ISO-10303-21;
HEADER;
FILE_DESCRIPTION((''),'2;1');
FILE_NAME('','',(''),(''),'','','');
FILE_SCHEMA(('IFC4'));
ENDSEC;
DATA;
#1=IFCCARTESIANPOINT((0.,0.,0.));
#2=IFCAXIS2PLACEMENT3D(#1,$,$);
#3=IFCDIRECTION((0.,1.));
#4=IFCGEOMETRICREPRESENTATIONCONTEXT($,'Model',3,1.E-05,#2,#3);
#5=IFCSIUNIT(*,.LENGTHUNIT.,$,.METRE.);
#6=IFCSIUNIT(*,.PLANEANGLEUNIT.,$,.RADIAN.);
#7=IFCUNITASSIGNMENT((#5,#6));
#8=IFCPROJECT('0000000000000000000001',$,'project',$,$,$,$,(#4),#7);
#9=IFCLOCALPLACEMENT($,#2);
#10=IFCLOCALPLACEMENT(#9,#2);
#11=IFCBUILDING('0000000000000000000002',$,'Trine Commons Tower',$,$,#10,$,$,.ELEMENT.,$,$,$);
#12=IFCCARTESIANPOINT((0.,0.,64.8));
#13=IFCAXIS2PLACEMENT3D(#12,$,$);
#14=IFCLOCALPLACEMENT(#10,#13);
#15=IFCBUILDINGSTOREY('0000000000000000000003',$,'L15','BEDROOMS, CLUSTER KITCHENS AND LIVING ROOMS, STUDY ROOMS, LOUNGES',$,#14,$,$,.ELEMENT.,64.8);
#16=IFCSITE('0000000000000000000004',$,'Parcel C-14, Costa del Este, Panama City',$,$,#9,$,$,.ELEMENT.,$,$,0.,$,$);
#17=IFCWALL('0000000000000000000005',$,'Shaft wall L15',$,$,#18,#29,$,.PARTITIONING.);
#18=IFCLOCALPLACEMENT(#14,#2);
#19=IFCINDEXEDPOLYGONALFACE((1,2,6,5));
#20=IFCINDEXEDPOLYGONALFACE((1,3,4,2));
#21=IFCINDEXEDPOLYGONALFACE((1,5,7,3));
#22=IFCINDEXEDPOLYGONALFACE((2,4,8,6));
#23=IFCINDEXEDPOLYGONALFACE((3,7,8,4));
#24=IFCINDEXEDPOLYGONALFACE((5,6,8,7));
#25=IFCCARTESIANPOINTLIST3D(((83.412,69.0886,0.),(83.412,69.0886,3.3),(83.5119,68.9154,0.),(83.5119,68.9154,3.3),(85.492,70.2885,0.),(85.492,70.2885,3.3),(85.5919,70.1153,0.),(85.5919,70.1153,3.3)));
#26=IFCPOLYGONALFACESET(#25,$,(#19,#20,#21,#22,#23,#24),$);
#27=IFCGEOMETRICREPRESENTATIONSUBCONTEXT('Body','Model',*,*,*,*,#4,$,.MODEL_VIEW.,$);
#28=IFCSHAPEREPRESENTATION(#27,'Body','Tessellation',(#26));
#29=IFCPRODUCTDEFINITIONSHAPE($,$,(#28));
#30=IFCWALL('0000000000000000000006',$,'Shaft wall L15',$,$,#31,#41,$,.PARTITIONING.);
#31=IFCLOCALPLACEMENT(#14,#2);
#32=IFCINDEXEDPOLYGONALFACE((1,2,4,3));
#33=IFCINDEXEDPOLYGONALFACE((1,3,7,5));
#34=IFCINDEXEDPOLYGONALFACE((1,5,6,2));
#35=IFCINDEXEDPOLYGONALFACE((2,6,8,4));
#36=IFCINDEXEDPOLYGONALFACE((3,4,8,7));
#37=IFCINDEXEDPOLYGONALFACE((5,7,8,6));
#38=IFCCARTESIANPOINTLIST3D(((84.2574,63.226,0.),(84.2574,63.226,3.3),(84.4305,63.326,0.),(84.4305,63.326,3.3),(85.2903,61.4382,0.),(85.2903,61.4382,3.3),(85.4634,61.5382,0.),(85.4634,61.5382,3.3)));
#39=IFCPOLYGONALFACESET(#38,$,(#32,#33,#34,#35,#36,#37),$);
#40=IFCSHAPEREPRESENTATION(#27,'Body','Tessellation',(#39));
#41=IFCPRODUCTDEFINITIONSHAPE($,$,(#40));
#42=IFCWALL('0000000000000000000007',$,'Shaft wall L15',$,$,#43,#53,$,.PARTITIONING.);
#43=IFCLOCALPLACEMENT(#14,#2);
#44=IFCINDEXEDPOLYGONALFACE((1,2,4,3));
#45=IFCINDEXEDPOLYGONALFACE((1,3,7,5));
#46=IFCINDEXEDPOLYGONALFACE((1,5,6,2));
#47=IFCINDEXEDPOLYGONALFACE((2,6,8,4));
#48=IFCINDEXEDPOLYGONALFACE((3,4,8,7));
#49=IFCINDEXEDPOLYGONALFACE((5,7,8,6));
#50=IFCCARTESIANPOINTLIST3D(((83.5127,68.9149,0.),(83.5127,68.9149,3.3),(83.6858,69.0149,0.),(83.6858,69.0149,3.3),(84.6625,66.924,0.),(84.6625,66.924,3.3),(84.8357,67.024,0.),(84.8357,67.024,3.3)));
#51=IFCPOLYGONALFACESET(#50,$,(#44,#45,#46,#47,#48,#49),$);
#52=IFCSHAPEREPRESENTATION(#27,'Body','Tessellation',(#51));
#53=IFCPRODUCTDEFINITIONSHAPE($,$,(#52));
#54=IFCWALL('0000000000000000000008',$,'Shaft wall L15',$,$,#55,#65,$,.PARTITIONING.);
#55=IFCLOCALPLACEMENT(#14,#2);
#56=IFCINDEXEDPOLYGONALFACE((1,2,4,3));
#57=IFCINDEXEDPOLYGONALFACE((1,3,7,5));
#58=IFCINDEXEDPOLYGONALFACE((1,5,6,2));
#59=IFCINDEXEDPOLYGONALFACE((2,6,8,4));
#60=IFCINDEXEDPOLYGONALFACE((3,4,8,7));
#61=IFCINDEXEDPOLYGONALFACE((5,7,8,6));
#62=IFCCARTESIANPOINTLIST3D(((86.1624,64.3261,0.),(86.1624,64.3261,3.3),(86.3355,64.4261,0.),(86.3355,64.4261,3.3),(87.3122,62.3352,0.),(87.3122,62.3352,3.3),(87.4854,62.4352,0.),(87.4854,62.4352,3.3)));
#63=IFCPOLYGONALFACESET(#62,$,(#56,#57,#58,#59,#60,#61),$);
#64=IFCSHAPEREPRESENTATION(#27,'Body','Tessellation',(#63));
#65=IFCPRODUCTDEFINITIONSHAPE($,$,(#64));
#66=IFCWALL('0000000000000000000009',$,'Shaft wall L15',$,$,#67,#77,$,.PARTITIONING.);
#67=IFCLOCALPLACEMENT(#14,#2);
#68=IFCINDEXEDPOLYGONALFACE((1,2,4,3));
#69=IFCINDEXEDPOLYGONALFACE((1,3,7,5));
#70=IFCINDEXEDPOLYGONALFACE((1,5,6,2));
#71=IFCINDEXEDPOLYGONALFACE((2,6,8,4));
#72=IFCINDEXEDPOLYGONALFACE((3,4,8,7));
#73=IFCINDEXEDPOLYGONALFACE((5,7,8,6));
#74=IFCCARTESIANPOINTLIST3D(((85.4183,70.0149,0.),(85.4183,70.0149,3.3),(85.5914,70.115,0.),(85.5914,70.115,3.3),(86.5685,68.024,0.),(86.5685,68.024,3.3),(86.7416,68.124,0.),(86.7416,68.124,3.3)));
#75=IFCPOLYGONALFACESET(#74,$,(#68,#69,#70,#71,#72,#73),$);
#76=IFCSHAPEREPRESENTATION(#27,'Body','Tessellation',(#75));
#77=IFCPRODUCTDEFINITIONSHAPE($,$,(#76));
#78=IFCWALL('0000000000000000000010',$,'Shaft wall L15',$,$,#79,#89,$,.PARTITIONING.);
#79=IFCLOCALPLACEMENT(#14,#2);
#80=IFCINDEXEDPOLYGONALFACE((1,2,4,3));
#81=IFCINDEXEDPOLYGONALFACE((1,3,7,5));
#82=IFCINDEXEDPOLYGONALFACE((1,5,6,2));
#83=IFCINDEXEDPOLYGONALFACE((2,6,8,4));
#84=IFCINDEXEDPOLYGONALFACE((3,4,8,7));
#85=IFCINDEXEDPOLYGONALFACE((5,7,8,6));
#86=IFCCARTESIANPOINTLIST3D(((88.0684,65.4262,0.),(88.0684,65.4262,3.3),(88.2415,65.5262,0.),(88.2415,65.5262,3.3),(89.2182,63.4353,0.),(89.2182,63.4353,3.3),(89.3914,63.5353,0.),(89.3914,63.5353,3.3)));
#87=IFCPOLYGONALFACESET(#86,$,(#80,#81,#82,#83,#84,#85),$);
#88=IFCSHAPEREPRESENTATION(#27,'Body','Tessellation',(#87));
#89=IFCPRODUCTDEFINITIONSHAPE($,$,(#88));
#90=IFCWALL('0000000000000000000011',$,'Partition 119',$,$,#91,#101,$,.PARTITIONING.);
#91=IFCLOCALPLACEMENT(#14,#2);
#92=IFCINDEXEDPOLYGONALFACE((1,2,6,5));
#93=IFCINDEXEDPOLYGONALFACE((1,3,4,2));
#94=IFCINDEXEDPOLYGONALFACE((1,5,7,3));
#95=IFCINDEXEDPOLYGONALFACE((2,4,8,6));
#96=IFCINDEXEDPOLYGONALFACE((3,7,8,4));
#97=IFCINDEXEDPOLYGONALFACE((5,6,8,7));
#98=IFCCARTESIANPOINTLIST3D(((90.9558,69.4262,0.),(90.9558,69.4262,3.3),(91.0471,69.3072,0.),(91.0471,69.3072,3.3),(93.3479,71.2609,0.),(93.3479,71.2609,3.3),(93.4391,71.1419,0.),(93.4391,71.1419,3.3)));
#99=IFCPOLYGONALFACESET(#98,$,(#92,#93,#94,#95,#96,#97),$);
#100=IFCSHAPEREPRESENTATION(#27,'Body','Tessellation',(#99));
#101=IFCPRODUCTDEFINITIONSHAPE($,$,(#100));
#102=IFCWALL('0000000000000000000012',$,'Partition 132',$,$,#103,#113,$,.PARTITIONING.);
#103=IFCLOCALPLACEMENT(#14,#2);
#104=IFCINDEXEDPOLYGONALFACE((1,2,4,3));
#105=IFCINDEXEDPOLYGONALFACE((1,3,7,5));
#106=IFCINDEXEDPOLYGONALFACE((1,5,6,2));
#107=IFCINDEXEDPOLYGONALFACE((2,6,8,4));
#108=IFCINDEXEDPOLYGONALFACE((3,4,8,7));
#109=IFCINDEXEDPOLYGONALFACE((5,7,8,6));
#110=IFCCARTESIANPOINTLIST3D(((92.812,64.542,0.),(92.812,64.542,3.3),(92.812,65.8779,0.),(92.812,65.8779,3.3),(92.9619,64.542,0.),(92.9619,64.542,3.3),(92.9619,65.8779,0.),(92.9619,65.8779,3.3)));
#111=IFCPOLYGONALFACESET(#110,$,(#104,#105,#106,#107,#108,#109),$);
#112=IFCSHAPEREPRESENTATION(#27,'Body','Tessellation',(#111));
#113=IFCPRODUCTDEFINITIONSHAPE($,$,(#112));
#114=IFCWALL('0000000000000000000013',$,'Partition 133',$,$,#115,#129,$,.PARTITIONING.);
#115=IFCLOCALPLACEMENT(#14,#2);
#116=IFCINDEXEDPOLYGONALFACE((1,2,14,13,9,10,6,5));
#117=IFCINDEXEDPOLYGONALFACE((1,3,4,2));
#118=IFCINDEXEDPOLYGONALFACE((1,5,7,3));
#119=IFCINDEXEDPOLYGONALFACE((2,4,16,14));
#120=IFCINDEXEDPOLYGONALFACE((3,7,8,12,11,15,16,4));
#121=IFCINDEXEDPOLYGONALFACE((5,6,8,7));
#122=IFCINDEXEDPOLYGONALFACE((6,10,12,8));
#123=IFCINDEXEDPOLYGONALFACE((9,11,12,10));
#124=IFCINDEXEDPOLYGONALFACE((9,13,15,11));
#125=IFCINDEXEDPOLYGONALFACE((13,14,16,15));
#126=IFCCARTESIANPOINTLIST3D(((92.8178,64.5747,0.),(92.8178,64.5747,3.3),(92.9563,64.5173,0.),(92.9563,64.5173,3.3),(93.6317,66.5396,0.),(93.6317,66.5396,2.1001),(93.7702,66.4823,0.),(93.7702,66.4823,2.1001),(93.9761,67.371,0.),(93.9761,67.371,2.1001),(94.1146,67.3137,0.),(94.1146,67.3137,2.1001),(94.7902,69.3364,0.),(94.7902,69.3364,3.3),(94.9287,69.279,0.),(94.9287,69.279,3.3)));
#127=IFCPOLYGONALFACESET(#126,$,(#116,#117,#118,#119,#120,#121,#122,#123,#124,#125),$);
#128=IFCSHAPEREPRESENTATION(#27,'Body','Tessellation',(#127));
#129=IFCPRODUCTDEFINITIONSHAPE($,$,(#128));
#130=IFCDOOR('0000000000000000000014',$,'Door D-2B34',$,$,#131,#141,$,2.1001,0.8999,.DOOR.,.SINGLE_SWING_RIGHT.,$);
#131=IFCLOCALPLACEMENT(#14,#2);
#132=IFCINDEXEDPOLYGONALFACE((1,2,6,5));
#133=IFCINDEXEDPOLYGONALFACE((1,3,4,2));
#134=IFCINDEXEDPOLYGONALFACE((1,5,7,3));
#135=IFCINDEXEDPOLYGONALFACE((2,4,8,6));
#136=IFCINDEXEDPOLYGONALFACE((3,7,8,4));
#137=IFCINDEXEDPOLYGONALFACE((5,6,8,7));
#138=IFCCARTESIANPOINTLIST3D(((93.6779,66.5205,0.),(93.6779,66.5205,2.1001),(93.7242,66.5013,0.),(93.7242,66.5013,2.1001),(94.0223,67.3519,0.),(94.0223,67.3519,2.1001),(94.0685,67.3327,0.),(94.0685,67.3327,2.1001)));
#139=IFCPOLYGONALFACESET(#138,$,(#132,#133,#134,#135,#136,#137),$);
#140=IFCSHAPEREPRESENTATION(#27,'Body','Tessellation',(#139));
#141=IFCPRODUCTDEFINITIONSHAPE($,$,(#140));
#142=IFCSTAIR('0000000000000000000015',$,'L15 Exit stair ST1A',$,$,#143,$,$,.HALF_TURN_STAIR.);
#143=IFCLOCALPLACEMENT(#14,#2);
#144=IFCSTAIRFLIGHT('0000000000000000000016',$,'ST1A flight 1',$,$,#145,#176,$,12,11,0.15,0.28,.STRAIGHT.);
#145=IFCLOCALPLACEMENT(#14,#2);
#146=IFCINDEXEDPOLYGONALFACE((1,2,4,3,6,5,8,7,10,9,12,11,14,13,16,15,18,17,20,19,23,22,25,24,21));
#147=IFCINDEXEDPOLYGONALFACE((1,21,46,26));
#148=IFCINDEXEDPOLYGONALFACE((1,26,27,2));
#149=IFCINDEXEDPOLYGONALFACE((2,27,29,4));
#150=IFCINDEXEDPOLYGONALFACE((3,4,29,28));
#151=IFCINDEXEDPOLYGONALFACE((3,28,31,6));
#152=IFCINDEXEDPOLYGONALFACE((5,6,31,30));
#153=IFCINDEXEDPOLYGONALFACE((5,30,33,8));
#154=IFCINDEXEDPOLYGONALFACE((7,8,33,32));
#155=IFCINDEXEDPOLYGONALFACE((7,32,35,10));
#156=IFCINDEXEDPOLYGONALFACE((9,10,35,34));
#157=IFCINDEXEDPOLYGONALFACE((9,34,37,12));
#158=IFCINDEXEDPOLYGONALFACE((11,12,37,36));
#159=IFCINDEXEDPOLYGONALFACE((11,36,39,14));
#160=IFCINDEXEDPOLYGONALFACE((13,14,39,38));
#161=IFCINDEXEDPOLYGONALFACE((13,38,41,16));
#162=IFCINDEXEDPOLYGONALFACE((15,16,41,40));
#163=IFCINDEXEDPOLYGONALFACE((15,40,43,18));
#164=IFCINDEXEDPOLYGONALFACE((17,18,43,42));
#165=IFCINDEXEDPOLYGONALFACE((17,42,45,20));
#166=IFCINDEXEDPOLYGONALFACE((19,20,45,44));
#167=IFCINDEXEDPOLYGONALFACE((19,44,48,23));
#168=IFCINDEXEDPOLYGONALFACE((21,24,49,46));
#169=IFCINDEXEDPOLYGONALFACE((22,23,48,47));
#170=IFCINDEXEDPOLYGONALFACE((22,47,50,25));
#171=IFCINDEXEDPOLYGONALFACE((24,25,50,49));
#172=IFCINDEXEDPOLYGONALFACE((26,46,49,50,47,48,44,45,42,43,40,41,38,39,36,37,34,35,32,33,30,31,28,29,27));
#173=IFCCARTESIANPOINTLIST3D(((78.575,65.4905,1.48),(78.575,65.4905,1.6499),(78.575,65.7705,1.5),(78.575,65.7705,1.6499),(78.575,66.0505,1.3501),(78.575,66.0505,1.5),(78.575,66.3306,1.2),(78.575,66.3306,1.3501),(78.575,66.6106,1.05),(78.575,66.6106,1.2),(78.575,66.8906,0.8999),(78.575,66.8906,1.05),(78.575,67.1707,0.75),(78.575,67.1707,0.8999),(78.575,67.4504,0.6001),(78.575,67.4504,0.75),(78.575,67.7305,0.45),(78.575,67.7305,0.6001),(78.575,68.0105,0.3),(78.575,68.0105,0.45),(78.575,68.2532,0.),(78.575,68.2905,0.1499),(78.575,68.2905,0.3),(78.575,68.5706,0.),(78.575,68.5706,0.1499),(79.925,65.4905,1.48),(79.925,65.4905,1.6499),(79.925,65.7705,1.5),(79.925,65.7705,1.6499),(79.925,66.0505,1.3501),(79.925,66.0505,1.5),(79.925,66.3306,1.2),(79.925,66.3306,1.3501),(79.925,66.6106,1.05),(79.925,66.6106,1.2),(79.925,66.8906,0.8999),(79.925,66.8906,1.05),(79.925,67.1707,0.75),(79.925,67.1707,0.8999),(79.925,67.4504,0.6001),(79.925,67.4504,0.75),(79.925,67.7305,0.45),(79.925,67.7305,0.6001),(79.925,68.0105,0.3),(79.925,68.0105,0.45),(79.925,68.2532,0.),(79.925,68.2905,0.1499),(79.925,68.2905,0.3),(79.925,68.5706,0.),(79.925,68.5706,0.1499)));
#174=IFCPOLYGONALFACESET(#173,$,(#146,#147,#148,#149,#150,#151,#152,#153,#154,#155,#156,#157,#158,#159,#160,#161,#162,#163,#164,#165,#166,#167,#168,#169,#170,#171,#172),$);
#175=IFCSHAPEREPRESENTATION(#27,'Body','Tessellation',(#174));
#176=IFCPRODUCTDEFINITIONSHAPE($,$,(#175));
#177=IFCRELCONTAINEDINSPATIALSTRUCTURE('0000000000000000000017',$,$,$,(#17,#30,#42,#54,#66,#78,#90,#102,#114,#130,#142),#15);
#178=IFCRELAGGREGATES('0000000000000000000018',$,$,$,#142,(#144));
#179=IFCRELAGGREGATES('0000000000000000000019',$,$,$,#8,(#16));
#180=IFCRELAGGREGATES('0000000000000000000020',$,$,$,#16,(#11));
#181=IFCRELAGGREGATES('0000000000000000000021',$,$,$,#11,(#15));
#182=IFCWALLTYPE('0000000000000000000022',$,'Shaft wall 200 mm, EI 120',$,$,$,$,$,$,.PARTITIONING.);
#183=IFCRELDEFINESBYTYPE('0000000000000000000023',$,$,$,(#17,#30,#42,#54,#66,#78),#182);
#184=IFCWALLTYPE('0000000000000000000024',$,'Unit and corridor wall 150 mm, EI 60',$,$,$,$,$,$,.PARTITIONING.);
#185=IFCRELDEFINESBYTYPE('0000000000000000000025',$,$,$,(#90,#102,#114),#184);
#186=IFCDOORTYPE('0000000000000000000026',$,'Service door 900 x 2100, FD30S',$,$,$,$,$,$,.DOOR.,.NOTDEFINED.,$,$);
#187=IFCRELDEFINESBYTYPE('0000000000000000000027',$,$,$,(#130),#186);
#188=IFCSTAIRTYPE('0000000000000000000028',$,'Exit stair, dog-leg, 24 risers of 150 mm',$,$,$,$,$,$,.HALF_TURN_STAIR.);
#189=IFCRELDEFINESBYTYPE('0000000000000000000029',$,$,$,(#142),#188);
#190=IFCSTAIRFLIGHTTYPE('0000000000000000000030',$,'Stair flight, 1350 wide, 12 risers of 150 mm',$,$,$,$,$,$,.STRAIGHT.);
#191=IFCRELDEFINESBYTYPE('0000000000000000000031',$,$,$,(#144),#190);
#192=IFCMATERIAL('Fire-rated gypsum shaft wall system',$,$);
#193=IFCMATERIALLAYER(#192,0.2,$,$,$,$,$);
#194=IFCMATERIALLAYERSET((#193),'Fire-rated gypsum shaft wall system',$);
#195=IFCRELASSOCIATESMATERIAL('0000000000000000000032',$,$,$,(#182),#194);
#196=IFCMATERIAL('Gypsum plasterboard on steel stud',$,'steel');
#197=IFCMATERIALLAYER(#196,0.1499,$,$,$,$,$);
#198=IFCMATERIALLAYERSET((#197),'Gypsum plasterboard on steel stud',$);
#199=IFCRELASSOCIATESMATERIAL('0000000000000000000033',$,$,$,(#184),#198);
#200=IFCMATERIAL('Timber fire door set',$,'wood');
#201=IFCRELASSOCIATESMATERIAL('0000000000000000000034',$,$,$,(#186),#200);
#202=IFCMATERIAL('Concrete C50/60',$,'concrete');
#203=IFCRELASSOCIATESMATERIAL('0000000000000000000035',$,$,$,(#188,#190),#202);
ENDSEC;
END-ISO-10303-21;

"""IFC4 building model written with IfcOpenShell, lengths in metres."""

from ifc_helpers import new_model, si_unit, direction, frame, frame_2d, origin, place, context, subcontext, project, spatial, polyline, rectangle, outline, extrude, material, layer, layer_set, type_object, element, fill, aggregate, save


model = new_model("IFC4")

# Units and contexts
model_context = context("Model", 3, precision=1e-05, world=origin(), true_north=direction((0.0, 1.0)))
body_context = subcontext(model_context, "Body", "Model", "MODEL_VIEW")
ifc_project = project(units=[si_unit("LENGTHUNIT", "METRE"), si_unit("PLANEANGLEUNIT", "RADIAN")], contexts=[model_context])

# Site, building, storey
site_placement = place(None, origin())
site = spatial("IfcSite", under=ifc_project, at=site_placement, Name="Parcel C-14, Costa del Este, Panama City", CompositionType="ELEMENT", RefElevation=0.0)
building_placement = place(site_placement, origin())
building = spatial("IfcBuilding", under=site, at=building_placement, Name="Trine Commons Tower", CompositionType="ELEMENT")
storey_placement = place(building_placement, frame((0.0, 0.0, 64.8)))
storey = spatial("IfcBuildingStorey", under=building, at=storey_placement, Name="L15", Description="BEDROOMS, CLUSTER KITCHENS AND LIVING ROOMS, STUDY ROOMS, LOUNGES", CompositionType="ELEMENT", Elevation=64.8)

# Shared definitions
ifc_material_1 = material(Name="Concrete C50/60", Category="concrete")

# Walls
ifc_material_2 = material(Name="Fire-rated gypsum shaft wall system")
ifc_layer_1 = layer(ifc_material_2, 0.2)
ifc_layer_set_1 = layer_set([ifc_layer_1], Name="Fire-rated gypsum shaft wall system")
wall_type_1 = type_object("IfcWallType", Name="Shaft wall 200 mm, EI 120", PredefinedType="PARTITIONING", material=ifc_layer_set_1)
wall_1_placement = place(storey_placement, frame((83.4619, 69.002, 0.0), z_axis=(0.0, 0.0, 1.0), x_axis=(0.866203, 0.499693, 0.0)))
element("IfcWall", 1, at=wall_1_placement, inside=storey, type_object=wall_type_1, Name="Shaft wall L15", PredefinedType="PARTITIONING", context=body_context, shape_type="SweptSolid", body=[
    extrude(rectangle(XDim=2.4014, YDim=0.2, at=frame_2d((1.2007, 0.0))), origin(), (0.0, 0.0, 1.0), 3.3),
])
wall_2_placement = place(storey_placement, frame((84.344, 63.2759, 0.0), z_axis=(0.0, 0.0, 1.0), x_axis=(0.500272, -0.865868, 0.0)))
element("IfcWall", 2, at=wall_2_placement, inside=storey, type_object=wall_type_1, Name="Shaft wall L15", PredefinedType="PARTITIONING", context=body_context, shape_type="SweptSolid", body=[
    extrude(rectangle(XDim=2.0647, YDim=0.2, at=frame_2d((1.0322, 0.0))), origin(), (0.0, 0.0, 1.0), 3.3),
])
for number, where, z_axis, x_axis, name in (
    (3, (84.749, 66.9741, 0.0), (0.0, 0.0, 1.0), (-0.500136, 0.865947, 0.0), "Shaft wall L15"),
    (4, (86.249, 64.376, 0.0), (0.0, 0.0, 1.0), (0.500136, -0.865947, 0.0), "Shaft wall L15"),
):
    element("IfcWall", number, at=place(storey_placement, frame(where, z_axis=z_axis, x_axis=x_axis)), inside=storey, type_object=wall_type_1, Name=name, PredefinedType="PARTITIONING", context=body_context, shape_type="SweptSolid", body=[
        extrude(rectangle(XDim=2.2991, YDim=0.2, at=frame_2d((1.1494, 0.0))), origin(), (0.0, 0.0, 1.0), 3.3),
    ])
wall_3_placement = place(storey_placement, frame((86.655, 68.074, 0.0), z_axis=(0.0, 0.0, 1.0), x_axis=(-0.500216, 0.865901, 0.0)))
element("IfcWall", 5, at=wall_3_placement, inside=storey, type_object=wall_type_1, Name="Shaft wall L15", PredefinedType="PARTITIONING", context=body_context, shape_type="SweptSolid", body=[
    extrude(rectangle(XDim=2.2993, YDim=0.2, at=frame_2d((1.1497, 0.0))), origin(), (0.0, 0.0, 1.0), 3.3),
])
wall_4_placement = place(storey_placement, frame((88.155, 65.4761, 0.0), z_axis=(0.0, 0.0, 1.0), x_axis=(0.500136, -0.865947, 0.0)))
element("IfcWall", 6, at=wall_4_placement, inside=storey, type_object=wall_type_1, Name="Shaft wall L15", PredefinedType="PARTITIONING", context=body_context, shape_type="SweptSolid", body=[
    extrude(rectangle(XDim=2.2991, YDim=0.2, at=frame_2d((1.1494, 0.0))), origin(), (0.0, 0.0, 1.0), 3.3),
])
ifc_material_3 = material(Name="Gypsum plasterboard on steel stud", Category="steel")
ifc_layer_2 = layer(ifc_material_3, 0.1499)
ifc_layer_set_2 = layer_set([ifc_layer_2], Name="Gypsum plasterboard on steel stud")
wall_type_2 = type_object("IfcWallType", Name="Unit and corridor wall 150 mm, EI 60", PredefinedType="PARTITIONING", material=ifc_layer_set_2)
wall_5_placement = place(storey_placement, frame((91.0015, 69.3667, 0.0), z_axis=(0.0, 0.0, 1.0), x_axis=(0.793481, 0.608595, 0.0)))
element("IfcWall", 7, at=wall_5_placement, inside=storey, type_object=wall_type_2, Name="Partition 119", PredefinedType="PARTITIONING", context=body_context, shape_type="SweptSolid", body=[
    extrude(rectangle(XDim=3.0146, YDim=0.1499, at=frame_2d((1.5073, 0.0))), origin(), (0.0, 0.0, 1.0), 3.3),
])
wall_6_placement = place(storey_placement, frame((92.887, 64.542, 0.0), z_axis=(0.0, 0.0, 1.0), x_axis=(0.0, 1.0, 0.0)))
element("IfcWall", 8, at=wall_6_placement, inside=storey, type_object=wall_type_2, Name="Partition 132", PredefinedType="PARTITIONING", context=body_context, shape_type="SweptSolid", body=[
    extrude(rectangle(XDim=1.3359, YDim=0.1499, at=frame_2d((0.668, 0.0))), origin(), (0.0, 0.0, 1.0), 3.3),
])

# Wall, opening, door
wall_7_placement = place(storey_placement, frame((92.887, 64.5459, 0.0), z_axis=(0.0, 0.0, 1.0), x_axis=(0.382691, 0.923877, 0.0)))
wall_7 = element("IfcWall", 9, at=wall_7_placement, inside=storey, type_object=wall_type_2, Name="Partition 133", PredefinedType="PARTITIONING", context=body_context, shape_type="SweptSolid", body=[
    extrude(rectangle(XDim=5.1541, YDim=0.1499, at=frame_2d((2.5771, 0.0))), origin(), (0.0, 0.0, 1.0), 3.3),
])
opening_1_placement = place(wall_7_placement, frame((2.127, 0.0, 0.0)))
opening_1 = element("IfcOpeningElement", 10, at=opening_1_placement, cuts=wall_7, PredefinedType="OPENING", context=body_context, shape_type="SweptSolid", body=[
    extrude(rectangle(XDim=0.8999, YDim=2.1001, at=frame_2d((0.45, 1.05))), frame((0.0, 0.085, 0.0), z_axis=(0.0, -1.0, 0.0), x_axis=(1.0, 0.0, 0.0)), (0.0, 0.0, 1.0), 0.1699),
])
ifc_material_4 = material(Name="Timber fire door set", Category="wood")
door_type_1 = type_object("IfcDoorType", Name="Service door 900 x 2100, FD30S", OperationType="NOTDEFINED", PredefinedType="DOOR", material=ifc_material_4)
door_1_placement = place(opening_1_placement, origin())
door_1 = element("IfcDoor", 11, at=door_1_placement, inside=storey, type_object=door_type_1, Name="Door D-2B34", OperationType="SINGLE_SWING_RIGHT", OverallHeight=2.1001, OverallWidth=0.8999, PredefinedType="DOOR", context=body_context, shape_type="SweptSolid", body=[
    extrude(rectangle(XDim=0.8999, YDim=2.1001, at=frame_2d((0.45, 1.05))), frame((0.0, 0.0249, 0.0), z_axis=(0.0, -1.0, 0.0), x_axis=(1.0, 0.0, 0.0)), (0.0, 0.0, 1.0), 0.05),
])
fill(opening_1, door_1)

# Stair, stair flight
stair_type = type_object("IfcStairType", Name="Exit stair, dog-leg, 24 risers of 150 mm", PredefinedType="HALF_TURN_STAIR", material=ifc_material_1)
stair_placement = place(storey_placement, origin())
stair = element("IfcStair", 12, at=stair_placement, inside=storey, type_object=stair_type, Name="L15 Exit stair ST1A", PredefinedType="HALF_TURN_STAIR")
stair_flight_type = type_object("IfcStairFlightType", Name="Stair flight, 1350 wide, 12 risers of 150 mm", PredefinedType="STRAIGHT", material=ifc_material_1)
stair_flight_1_placement = place(storey_placement, frame((79.25, 68.5706, 0.0), z_axis=(0.0, 0.0, 1.0), x_axis=(0.0, -1.0, 0.0)))
stair_flight_1 = element("IfcStairFlight", 13, at=stair_flight_1_placement, type_object=stair_flight_type, Name="ST1A flight 1", NumberOfRisers=12, NumberOfTreads=11, PredefinedType="STRAIGHT", RiserHeight=0.15, TreadLength=0.28, context=body_context, shape_type="SweptSolid", body=[
    extrude(outline(polyline([(0.0, 0.0), (0.0, 0.1499), (0.28, 0.1499), (0.28, 0.3), (0.5601, 0.3), (0.5601, 0.45), (0.8401, 0.45), (0.8401, 0.6001), (1.1201, 0.6001), (1.1201, 0.75), (1.3999, 0.75), (1.3999, 0.8999), (1.6799, 0.8999), (1.6799, 1.05), (1.96, 1.05), (1.96, 1.2), (2.24, 1.2), (2.24, 1.3501), (2.52, 1.3501), (2.52, 1.5), (2.8, 1.5), (2.8, 1.6499), (3.0801, 1.6499), (3.0801, 1.8), (3.0801, 1.48), (0.3174, 0.0), (0.0, 0.0)])), frame((0.0, 0.675, 0.0), z_axis=(0.0, -1.0, 0.0), x_axis=(1.0, 0.0, 0.0)), (0.0, 0.0, 1.0), 1.3501),
])
aggregate(stair, [stair_flight_1])

save(model, "model.ifc")
